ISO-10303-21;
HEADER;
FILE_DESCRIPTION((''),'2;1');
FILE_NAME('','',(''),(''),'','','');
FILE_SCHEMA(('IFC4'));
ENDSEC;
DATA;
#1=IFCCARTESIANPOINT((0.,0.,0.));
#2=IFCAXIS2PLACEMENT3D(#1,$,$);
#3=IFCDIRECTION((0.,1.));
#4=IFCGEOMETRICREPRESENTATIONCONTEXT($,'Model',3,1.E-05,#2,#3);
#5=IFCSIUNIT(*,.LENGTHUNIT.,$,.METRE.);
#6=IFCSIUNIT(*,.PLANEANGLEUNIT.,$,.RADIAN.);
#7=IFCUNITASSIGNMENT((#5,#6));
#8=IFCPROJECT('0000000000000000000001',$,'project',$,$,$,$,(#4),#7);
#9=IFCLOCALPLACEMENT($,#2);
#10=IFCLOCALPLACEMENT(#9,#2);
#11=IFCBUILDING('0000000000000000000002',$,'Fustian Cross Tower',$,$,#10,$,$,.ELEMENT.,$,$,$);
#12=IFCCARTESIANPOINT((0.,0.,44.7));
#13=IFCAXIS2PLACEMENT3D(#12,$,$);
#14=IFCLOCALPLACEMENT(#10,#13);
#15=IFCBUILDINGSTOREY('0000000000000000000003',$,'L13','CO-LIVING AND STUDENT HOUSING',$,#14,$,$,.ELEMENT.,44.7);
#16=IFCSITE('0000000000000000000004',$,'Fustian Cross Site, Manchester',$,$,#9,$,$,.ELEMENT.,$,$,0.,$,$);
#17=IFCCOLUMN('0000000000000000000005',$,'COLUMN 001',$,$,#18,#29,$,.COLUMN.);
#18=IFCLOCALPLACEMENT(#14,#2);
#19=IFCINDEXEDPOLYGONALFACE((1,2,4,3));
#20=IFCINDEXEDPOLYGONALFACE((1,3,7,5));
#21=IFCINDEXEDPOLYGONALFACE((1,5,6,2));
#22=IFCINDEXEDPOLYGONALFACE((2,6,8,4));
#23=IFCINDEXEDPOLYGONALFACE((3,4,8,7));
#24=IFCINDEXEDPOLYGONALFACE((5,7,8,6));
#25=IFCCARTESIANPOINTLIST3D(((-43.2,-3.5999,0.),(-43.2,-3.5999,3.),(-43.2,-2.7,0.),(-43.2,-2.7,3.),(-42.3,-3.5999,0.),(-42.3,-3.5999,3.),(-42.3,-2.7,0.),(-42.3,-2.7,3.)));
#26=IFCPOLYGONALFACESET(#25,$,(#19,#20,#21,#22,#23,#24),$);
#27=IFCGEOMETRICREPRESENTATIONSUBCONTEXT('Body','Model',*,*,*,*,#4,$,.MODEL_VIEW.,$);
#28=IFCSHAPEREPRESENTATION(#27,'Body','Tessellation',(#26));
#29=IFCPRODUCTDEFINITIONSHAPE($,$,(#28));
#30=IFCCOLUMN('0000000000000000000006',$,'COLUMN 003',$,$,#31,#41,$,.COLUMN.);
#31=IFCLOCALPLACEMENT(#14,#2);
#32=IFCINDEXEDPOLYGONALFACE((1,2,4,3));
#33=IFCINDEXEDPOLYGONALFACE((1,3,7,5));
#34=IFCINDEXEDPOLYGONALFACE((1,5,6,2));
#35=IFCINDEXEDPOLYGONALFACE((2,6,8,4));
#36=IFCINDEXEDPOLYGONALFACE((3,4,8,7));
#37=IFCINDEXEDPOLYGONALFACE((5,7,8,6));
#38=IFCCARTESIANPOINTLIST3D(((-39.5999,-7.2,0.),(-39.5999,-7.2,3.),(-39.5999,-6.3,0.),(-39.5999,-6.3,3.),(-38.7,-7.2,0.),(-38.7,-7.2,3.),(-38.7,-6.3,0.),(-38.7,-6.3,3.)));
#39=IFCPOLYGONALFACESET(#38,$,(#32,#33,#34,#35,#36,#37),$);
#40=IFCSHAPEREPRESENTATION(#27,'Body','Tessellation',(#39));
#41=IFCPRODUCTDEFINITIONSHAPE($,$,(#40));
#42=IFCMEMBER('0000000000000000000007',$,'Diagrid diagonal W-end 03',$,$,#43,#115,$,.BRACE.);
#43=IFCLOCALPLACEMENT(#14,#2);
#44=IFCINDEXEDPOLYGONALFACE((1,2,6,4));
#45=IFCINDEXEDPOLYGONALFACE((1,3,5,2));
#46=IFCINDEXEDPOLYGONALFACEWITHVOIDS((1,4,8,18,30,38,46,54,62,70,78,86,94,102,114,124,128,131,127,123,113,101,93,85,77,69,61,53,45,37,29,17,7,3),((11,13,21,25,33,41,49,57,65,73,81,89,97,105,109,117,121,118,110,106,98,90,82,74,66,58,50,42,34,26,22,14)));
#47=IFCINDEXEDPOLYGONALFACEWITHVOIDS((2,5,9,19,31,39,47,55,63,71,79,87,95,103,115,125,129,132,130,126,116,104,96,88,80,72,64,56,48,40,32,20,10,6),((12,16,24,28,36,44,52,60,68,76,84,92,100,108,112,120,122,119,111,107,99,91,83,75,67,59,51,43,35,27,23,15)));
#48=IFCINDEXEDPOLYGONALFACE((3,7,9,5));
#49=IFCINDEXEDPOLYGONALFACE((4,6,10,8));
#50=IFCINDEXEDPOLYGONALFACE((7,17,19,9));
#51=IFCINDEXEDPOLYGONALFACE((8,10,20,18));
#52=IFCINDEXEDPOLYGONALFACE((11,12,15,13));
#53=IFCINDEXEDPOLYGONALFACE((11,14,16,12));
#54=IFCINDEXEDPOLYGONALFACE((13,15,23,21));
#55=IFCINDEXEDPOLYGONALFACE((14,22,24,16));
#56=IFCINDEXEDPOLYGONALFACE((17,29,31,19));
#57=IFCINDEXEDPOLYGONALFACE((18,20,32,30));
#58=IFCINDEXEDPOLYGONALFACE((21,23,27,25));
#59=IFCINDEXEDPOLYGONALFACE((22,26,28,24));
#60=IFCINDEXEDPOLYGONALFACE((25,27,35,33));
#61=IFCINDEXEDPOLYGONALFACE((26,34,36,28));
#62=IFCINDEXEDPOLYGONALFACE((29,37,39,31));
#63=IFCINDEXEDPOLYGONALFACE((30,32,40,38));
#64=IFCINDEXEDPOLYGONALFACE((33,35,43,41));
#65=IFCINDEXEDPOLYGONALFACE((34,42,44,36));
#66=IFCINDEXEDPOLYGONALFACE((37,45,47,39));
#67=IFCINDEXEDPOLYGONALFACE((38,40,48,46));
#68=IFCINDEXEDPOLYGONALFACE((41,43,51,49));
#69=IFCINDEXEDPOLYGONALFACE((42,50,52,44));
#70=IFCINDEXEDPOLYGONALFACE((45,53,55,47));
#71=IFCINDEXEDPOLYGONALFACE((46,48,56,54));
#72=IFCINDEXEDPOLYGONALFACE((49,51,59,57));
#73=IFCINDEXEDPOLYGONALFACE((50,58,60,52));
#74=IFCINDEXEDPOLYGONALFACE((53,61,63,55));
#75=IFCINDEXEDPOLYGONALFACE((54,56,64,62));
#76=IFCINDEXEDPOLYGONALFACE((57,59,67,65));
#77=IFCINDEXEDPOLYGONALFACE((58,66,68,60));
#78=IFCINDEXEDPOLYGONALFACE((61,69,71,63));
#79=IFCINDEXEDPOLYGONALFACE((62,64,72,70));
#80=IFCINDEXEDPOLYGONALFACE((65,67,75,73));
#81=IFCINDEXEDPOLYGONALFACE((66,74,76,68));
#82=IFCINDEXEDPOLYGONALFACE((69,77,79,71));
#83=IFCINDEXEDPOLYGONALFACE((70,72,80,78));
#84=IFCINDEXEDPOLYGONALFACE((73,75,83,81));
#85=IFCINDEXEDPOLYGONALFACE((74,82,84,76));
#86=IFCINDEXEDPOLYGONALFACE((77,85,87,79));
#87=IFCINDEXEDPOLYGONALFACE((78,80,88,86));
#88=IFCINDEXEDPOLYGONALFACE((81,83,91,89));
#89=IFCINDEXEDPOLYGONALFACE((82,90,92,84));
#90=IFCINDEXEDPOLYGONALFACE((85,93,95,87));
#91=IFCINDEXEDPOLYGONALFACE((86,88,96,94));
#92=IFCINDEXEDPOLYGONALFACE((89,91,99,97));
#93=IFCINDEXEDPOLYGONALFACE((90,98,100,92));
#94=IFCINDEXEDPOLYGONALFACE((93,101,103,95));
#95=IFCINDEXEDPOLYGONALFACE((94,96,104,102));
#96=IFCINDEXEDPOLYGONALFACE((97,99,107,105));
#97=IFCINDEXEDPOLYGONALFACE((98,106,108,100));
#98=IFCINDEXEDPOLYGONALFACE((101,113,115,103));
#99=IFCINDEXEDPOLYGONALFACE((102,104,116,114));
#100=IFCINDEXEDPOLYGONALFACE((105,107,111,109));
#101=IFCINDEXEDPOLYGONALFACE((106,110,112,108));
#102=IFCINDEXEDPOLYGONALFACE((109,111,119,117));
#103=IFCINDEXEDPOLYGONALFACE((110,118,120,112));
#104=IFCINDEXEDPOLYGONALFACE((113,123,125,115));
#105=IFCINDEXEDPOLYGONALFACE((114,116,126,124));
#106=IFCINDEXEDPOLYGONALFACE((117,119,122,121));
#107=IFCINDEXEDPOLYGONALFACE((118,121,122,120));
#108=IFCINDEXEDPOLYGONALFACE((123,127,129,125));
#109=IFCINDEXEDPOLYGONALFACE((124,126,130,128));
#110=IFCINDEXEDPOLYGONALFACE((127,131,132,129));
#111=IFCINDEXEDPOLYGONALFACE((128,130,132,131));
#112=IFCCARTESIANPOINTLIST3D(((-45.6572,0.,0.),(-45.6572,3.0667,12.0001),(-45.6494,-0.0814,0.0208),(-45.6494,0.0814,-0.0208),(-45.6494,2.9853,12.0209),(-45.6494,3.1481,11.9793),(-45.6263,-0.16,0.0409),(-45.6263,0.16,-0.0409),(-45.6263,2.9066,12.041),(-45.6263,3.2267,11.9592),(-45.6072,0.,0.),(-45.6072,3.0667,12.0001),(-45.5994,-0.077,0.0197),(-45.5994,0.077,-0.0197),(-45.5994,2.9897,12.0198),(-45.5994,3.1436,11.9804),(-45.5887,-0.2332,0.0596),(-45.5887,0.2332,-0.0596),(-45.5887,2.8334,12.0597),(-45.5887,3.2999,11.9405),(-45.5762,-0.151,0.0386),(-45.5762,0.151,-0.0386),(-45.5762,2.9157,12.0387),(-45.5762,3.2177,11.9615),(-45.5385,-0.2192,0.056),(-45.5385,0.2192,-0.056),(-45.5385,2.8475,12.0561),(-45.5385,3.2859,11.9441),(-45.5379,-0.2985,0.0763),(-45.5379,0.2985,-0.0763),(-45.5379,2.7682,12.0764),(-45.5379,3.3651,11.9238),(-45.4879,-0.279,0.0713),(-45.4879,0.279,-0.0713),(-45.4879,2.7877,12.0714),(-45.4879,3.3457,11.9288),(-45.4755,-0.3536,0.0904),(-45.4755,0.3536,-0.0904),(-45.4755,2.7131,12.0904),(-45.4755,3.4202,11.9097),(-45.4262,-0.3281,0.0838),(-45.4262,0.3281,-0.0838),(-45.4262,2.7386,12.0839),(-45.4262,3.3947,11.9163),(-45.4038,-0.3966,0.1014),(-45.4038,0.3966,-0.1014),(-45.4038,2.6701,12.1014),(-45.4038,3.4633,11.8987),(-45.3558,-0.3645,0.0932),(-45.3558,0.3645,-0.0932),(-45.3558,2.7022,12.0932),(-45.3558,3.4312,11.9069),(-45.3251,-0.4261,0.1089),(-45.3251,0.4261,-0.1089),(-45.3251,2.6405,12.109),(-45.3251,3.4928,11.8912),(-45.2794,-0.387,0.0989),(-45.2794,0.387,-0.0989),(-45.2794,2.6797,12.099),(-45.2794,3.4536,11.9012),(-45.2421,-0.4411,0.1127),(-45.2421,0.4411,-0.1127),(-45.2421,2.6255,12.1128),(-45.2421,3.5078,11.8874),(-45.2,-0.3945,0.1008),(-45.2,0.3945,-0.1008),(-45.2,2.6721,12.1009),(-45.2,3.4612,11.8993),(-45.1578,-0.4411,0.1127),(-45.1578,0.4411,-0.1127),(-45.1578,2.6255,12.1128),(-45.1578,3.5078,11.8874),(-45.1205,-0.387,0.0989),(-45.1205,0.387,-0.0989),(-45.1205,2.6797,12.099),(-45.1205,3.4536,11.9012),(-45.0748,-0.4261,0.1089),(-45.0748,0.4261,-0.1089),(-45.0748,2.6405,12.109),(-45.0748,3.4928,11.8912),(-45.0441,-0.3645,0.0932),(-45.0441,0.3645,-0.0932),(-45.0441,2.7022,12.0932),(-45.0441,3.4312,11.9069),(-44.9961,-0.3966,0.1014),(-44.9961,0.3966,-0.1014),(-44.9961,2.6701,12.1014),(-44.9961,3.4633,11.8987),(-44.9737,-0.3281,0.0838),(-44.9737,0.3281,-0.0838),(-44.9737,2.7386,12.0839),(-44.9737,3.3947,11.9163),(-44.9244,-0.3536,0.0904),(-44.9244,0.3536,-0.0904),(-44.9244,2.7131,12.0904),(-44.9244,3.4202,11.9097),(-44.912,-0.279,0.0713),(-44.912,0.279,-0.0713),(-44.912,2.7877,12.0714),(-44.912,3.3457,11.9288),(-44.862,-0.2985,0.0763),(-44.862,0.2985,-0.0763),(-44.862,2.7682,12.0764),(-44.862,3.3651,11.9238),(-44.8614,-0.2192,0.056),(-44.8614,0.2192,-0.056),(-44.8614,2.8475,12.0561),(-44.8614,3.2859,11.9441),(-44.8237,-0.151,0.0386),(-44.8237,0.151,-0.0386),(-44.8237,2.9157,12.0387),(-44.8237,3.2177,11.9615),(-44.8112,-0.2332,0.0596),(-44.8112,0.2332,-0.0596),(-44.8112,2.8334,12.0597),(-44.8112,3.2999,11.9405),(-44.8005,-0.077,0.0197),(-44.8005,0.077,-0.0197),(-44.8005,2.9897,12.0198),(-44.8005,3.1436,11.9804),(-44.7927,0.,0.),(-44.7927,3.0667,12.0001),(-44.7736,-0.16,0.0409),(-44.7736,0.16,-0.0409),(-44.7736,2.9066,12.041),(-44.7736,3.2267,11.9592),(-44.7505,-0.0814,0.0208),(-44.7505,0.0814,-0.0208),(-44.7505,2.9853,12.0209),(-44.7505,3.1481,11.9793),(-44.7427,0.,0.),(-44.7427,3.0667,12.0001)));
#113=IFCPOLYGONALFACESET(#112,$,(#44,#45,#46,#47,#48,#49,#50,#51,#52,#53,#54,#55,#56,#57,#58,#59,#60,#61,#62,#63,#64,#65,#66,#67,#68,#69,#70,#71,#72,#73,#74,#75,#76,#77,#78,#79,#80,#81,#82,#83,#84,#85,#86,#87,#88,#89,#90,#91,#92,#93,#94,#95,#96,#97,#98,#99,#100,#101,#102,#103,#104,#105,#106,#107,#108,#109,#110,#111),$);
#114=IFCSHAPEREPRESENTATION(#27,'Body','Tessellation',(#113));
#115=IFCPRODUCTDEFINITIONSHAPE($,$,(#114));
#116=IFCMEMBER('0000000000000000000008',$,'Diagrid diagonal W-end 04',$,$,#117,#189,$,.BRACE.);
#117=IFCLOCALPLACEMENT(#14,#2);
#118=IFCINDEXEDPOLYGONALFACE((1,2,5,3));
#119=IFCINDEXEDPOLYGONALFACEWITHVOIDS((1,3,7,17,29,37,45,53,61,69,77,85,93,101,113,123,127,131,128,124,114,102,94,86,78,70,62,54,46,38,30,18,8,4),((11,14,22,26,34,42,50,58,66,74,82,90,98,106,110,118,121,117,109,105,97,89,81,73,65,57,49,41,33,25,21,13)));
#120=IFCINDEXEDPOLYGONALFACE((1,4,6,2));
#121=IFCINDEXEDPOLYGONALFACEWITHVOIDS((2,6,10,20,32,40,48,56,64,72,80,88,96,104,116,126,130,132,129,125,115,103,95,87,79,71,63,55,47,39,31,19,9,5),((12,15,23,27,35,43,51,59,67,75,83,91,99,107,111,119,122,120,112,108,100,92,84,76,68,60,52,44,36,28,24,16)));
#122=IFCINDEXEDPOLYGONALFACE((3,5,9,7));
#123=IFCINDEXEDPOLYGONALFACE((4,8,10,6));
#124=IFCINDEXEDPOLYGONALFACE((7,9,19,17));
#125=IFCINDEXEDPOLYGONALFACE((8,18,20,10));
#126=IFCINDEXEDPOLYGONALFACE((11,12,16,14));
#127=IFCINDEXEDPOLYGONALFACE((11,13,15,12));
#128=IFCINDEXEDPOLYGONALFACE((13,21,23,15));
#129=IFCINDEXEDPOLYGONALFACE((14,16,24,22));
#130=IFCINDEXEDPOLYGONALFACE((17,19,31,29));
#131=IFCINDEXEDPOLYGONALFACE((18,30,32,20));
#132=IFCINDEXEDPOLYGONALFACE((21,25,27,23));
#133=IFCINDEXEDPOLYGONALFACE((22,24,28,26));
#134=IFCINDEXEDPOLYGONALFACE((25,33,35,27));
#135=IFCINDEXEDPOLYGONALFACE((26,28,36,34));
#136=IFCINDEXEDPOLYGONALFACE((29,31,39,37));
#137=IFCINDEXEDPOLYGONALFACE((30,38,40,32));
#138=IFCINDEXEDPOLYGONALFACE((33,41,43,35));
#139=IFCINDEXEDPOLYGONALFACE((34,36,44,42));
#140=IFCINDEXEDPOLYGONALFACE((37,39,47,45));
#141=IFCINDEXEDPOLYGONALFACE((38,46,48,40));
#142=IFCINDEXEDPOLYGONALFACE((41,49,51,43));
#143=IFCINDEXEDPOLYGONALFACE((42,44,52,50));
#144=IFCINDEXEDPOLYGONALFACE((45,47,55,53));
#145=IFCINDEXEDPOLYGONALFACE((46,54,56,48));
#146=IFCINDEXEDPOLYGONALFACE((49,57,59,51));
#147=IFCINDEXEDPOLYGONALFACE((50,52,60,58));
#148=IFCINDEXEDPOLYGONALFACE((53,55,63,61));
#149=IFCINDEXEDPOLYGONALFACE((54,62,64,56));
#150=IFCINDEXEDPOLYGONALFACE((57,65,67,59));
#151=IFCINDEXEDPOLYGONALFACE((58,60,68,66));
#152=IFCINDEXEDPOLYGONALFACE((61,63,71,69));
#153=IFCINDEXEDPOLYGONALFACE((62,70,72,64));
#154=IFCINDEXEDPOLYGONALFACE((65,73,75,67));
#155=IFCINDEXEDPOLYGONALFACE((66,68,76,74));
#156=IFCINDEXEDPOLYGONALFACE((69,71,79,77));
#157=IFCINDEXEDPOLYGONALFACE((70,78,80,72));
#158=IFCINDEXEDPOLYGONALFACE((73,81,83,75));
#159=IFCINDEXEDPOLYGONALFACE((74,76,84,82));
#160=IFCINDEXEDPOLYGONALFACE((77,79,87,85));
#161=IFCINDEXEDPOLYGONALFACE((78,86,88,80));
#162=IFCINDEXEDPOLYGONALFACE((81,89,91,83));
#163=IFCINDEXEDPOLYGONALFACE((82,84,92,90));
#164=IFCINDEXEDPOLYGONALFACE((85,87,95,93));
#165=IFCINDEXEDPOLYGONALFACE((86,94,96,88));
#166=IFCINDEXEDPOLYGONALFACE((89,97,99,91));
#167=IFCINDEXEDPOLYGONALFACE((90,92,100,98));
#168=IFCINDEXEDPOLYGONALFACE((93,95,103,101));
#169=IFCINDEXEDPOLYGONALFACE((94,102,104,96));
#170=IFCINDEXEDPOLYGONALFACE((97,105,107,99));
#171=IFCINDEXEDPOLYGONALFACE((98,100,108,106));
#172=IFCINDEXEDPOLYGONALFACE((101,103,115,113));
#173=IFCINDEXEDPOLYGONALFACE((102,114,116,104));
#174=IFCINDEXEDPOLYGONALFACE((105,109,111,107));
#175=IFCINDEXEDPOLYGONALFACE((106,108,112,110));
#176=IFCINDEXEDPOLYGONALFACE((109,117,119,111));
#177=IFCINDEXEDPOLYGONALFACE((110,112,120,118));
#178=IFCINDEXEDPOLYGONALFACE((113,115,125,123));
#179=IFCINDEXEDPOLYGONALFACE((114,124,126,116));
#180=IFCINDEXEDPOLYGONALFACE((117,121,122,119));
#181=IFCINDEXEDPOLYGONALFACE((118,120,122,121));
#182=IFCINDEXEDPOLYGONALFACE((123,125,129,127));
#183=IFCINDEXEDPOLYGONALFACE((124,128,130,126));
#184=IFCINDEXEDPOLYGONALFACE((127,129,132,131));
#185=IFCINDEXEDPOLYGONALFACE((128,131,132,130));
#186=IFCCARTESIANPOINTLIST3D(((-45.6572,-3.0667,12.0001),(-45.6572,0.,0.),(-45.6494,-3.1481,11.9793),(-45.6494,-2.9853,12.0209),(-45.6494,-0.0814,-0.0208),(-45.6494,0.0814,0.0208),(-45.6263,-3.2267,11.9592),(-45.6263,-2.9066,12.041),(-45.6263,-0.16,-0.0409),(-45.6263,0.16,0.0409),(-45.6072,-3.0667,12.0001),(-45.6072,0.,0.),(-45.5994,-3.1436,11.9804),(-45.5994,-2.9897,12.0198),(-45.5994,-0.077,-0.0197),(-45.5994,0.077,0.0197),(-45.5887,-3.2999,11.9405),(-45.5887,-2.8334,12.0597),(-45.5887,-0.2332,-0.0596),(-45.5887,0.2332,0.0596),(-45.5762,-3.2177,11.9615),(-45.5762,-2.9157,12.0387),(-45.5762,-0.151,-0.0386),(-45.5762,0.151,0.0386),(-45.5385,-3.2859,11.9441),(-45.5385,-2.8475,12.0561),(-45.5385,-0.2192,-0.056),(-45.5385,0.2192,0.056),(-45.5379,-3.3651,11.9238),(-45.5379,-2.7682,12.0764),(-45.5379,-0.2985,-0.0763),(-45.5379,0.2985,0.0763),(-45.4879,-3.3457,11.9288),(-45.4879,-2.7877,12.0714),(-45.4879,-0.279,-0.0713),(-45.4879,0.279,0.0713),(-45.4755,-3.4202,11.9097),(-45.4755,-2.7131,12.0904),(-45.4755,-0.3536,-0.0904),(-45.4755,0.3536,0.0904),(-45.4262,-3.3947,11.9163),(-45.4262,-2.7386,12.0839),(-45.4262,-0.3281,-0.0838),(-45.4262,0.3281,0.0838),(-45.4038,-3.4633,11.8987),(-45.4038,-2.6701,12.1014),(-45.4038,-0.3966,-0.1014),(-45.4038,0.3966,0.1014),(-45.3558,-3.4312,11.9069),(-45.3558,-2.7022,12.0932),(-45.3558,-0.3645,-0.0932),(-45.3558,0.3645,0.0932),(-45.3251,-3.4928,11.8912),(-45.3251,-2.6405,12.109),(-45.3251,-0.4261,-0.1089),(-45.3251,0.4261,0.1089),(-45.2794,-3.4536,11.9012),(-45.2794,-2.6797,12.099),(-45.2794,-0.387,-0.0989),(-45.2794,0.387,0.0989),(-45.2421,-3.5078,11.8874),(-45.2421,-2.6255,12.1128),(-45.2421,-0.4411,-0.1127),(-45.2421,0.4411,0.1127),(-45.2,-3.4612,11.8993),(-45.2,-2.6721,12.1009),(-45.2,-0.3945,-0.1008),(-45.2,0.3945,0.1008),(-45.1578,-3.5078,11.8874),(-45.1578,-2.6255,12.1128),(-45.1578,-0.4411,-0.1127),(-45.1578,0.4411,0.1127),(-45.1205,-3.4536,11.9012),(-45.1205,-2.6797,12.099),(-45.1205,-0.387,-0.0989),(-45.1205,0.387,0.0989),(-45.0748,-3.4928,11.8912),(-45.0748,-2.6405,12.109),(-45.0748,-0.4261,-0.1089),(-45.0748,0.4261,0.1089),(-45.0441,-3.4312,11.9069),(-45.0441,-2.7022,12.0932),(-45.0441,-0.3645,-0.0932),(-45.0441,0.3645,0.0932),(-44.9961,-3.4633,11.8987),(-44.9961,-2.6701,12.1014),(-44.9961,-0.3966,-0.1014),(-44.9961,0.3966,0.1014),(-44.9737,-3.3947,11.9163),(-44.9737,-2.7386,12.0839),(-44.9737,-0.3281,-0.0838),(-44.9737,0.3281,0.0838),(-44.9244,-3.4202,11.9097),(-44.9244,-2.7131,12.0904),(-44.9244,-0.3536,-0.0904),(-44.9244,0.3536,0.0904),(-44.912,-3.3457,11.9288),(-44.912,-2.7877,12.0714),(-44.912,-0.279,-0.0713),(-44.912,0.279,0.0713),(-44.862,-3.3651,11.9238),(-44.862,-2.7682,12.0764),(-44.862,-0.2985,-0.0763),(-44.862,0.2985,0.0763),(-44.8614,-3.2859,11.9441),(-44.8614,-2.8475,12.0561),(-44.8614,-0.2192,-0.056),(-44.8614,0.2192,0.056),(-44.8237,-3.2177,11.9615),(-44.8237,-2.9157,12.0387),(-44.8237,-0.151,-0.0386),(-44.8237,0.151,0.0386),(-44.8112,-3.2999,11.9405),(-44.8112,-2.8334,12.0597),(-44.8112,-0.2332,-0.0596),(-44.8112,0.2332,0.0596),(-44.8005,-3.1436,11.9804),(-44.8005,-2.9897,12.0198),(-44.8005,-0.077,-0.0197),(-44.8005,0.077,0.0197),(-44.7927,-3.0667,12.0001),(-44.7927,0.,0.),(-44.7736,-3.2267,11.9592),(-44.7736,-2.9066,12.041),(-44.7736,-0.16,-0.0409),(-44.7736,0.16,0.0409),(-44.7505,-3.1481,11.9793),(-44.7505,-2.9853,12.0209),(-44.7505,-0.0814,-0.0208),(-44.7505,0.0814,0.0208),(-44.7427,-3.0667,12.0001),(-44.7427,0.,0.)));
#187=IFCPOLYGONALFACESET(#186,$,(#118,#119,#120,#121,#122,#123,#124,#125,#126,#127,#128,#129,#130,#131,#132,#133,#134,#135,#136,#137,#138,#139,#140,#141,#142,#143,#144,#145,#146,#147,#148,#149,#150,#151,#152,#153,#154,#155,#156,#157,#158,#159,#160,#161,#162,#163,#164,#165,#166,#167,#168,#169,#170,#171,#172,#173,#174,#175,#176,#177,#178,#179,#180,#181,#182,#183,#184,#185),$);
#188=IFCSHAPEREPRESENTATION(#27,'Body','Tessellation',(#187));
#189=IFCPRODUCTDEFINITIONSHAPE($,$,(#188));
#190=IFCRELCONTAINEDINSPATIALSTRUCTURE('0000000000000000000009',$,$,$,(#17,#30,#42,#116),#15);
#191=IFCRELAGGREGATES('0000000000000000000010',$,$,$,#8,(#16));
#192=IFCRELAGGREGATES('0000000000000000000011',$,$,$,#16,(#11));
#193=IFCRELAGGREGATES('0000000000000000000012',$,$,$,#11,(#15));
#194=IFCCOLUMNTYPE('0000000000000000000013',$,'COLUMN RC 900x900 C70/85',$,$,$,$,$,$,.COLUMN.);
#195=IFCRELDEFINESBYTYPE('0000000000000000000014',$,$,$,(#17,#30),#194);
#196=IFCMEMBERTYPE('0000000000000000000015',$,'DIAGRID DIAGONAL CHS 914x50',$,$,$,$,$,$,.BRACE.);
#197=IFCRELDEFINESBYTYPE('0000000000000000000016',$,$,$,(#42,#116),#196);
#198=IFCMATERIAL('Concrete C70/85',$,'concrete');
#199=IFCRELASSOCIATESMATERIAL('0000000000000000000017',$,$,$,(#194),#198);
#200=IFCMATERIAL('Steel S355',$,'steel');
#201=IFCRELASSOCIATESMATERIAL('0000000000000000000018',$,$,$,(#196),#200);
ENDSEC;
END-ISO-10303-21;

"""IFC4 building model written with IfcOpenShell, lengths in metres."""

from ifc_helpers import new_model, si_unit, direction, frame, origin, origin_2d, place, context, subcontext, project, spatial, rectangle, hollow_circle, extrude, material, material_profile, profile_set, type_object, element, save


model = new_model("IFC4")

# Units and contexts
model_context = context("Model", 3, precision=1e-05, world=origin(), true_north=direction((0.0, 1.0)))
body_context = subcontext(model_context, "Body", "Model", "MODEL_VIEW")
ifc_project = project(units=[si_unit("LENGTHUNIT", "METRE"), si_unit("PLANEANGLEUNIT", "RADIAN")], contexts=[model_context])

# Site, building, storey
site_placement = place(None, origin())
site = spatial("IfcSite", under=ifc_project, at=site_placement, Name="Fustian Cross Site, Manchester", CompositionType="ELEMENT", RefElevation=0.0)
building_placement = place(site_placement, origin())
building = spatial("IfcBuilding", under=site, at=building_placement, Name="Fustian Cross Tower", CompositionType="ELEMENT")
storey_placement = place(building_placement, frame((0.0, 0.0, 44.7)))
storey = spatial("IfcBuildingStorey", under=building, at=storey_placement, Name="L13", Description="CO-LIVING AND STUDENT HOUSING", CompositionType="ELEMENT", Elevation=44.7)

# Columns
ifc_material_1 = material(Name="Concrete C70/85", Category="concrete")
ifc_material_profile_1 = material_profile(ifc_material_1, rectangle(XDim=0.8999, YDim=0.8999, at=origin_2d()), Name="RC 900x900")
ifc_profile_set_1 = profile_set([ifc_material_profile_1], Name="Concrete C70/85")
column_type = type_object("IfcColumnType", Name="COLUMN RC 900x900 C70/85", PredefinedType="COLUMN", material=ifc_profile_set_1)
for number, where, z_axis, x_axis, name in (
    (1, (-42.75, -3.1499, 0.0), (0.0, 0.0, 1.0), (1.0, 0.0, 0.0), "COLUMN 001"),
    (2, (-39.1499, -6.75, 0.0), (0.0, 0.0, 1.0), (1.0, 0.0, 0.0), "COLUMN 003"),
):
    element("IfcColumn", number, at=place(storey_placement, frame(where, z_axis=z_axis, x_axis=x_axis)), inside=storey, type_object=column_type, Name=name, PredefinedType="COLUMN", context=body_context, shape_type="SweptSolid", body=[
        extrude(rectangle(XDim=0.8999, YDim=0.8999, at=origin_2d()), origin(), (0.0, 0.0, 1.0), 3.0),
    ])

# Members
ifc_material_2 = material(Name="Steel S355", Category="steel")
ifc_material_profile_2 = material_profile(ifc_material_2, hollow_circle(Radius=0.4573, WallThickness=0.05, at=origin_2d()), Name="CHS 914x50")
ifc_profile_set_2 = profile_set([ifc_material_profile_2], Name="Steel S355")
member_type = type_object("IfcMemberType", Name="DIAGRID DIAGONAL CHS 914x50", PredefinedType="BRACE", material=ifc_profile_set_2)
for number, where, z_axis, x_axis, name in (
    (3, (-45.2, 0.0, 0.0), (0.0, 0.247597, 0.968863), (-1.0, 0.0, 0.0), "Diagrid diagonal W-end 03"),
    (4, (-45.2, 0.0, 0.0), (0.0, -0.247597, 0.968863), (1.0, 0.0, 0.0), "Diagrid diagonal W-end 04"),
):
    element("IfcMember", number, at=place(storey_placement, frame(where, z_axis=z_axis, x_axis=x_axis)), inside=storey, type_object=member_type, Name=name, PredefinedType="BRACE", context=body_context, shape_type="SweptSolid", body=[
        extrude(hollow_circle(Radius=0.4573, WallThickness=0.05, at=origin_2d()), origin(), (0.0, 0.0, 1.0), 12.3857),
    ])

save(model, "model.ifc")
